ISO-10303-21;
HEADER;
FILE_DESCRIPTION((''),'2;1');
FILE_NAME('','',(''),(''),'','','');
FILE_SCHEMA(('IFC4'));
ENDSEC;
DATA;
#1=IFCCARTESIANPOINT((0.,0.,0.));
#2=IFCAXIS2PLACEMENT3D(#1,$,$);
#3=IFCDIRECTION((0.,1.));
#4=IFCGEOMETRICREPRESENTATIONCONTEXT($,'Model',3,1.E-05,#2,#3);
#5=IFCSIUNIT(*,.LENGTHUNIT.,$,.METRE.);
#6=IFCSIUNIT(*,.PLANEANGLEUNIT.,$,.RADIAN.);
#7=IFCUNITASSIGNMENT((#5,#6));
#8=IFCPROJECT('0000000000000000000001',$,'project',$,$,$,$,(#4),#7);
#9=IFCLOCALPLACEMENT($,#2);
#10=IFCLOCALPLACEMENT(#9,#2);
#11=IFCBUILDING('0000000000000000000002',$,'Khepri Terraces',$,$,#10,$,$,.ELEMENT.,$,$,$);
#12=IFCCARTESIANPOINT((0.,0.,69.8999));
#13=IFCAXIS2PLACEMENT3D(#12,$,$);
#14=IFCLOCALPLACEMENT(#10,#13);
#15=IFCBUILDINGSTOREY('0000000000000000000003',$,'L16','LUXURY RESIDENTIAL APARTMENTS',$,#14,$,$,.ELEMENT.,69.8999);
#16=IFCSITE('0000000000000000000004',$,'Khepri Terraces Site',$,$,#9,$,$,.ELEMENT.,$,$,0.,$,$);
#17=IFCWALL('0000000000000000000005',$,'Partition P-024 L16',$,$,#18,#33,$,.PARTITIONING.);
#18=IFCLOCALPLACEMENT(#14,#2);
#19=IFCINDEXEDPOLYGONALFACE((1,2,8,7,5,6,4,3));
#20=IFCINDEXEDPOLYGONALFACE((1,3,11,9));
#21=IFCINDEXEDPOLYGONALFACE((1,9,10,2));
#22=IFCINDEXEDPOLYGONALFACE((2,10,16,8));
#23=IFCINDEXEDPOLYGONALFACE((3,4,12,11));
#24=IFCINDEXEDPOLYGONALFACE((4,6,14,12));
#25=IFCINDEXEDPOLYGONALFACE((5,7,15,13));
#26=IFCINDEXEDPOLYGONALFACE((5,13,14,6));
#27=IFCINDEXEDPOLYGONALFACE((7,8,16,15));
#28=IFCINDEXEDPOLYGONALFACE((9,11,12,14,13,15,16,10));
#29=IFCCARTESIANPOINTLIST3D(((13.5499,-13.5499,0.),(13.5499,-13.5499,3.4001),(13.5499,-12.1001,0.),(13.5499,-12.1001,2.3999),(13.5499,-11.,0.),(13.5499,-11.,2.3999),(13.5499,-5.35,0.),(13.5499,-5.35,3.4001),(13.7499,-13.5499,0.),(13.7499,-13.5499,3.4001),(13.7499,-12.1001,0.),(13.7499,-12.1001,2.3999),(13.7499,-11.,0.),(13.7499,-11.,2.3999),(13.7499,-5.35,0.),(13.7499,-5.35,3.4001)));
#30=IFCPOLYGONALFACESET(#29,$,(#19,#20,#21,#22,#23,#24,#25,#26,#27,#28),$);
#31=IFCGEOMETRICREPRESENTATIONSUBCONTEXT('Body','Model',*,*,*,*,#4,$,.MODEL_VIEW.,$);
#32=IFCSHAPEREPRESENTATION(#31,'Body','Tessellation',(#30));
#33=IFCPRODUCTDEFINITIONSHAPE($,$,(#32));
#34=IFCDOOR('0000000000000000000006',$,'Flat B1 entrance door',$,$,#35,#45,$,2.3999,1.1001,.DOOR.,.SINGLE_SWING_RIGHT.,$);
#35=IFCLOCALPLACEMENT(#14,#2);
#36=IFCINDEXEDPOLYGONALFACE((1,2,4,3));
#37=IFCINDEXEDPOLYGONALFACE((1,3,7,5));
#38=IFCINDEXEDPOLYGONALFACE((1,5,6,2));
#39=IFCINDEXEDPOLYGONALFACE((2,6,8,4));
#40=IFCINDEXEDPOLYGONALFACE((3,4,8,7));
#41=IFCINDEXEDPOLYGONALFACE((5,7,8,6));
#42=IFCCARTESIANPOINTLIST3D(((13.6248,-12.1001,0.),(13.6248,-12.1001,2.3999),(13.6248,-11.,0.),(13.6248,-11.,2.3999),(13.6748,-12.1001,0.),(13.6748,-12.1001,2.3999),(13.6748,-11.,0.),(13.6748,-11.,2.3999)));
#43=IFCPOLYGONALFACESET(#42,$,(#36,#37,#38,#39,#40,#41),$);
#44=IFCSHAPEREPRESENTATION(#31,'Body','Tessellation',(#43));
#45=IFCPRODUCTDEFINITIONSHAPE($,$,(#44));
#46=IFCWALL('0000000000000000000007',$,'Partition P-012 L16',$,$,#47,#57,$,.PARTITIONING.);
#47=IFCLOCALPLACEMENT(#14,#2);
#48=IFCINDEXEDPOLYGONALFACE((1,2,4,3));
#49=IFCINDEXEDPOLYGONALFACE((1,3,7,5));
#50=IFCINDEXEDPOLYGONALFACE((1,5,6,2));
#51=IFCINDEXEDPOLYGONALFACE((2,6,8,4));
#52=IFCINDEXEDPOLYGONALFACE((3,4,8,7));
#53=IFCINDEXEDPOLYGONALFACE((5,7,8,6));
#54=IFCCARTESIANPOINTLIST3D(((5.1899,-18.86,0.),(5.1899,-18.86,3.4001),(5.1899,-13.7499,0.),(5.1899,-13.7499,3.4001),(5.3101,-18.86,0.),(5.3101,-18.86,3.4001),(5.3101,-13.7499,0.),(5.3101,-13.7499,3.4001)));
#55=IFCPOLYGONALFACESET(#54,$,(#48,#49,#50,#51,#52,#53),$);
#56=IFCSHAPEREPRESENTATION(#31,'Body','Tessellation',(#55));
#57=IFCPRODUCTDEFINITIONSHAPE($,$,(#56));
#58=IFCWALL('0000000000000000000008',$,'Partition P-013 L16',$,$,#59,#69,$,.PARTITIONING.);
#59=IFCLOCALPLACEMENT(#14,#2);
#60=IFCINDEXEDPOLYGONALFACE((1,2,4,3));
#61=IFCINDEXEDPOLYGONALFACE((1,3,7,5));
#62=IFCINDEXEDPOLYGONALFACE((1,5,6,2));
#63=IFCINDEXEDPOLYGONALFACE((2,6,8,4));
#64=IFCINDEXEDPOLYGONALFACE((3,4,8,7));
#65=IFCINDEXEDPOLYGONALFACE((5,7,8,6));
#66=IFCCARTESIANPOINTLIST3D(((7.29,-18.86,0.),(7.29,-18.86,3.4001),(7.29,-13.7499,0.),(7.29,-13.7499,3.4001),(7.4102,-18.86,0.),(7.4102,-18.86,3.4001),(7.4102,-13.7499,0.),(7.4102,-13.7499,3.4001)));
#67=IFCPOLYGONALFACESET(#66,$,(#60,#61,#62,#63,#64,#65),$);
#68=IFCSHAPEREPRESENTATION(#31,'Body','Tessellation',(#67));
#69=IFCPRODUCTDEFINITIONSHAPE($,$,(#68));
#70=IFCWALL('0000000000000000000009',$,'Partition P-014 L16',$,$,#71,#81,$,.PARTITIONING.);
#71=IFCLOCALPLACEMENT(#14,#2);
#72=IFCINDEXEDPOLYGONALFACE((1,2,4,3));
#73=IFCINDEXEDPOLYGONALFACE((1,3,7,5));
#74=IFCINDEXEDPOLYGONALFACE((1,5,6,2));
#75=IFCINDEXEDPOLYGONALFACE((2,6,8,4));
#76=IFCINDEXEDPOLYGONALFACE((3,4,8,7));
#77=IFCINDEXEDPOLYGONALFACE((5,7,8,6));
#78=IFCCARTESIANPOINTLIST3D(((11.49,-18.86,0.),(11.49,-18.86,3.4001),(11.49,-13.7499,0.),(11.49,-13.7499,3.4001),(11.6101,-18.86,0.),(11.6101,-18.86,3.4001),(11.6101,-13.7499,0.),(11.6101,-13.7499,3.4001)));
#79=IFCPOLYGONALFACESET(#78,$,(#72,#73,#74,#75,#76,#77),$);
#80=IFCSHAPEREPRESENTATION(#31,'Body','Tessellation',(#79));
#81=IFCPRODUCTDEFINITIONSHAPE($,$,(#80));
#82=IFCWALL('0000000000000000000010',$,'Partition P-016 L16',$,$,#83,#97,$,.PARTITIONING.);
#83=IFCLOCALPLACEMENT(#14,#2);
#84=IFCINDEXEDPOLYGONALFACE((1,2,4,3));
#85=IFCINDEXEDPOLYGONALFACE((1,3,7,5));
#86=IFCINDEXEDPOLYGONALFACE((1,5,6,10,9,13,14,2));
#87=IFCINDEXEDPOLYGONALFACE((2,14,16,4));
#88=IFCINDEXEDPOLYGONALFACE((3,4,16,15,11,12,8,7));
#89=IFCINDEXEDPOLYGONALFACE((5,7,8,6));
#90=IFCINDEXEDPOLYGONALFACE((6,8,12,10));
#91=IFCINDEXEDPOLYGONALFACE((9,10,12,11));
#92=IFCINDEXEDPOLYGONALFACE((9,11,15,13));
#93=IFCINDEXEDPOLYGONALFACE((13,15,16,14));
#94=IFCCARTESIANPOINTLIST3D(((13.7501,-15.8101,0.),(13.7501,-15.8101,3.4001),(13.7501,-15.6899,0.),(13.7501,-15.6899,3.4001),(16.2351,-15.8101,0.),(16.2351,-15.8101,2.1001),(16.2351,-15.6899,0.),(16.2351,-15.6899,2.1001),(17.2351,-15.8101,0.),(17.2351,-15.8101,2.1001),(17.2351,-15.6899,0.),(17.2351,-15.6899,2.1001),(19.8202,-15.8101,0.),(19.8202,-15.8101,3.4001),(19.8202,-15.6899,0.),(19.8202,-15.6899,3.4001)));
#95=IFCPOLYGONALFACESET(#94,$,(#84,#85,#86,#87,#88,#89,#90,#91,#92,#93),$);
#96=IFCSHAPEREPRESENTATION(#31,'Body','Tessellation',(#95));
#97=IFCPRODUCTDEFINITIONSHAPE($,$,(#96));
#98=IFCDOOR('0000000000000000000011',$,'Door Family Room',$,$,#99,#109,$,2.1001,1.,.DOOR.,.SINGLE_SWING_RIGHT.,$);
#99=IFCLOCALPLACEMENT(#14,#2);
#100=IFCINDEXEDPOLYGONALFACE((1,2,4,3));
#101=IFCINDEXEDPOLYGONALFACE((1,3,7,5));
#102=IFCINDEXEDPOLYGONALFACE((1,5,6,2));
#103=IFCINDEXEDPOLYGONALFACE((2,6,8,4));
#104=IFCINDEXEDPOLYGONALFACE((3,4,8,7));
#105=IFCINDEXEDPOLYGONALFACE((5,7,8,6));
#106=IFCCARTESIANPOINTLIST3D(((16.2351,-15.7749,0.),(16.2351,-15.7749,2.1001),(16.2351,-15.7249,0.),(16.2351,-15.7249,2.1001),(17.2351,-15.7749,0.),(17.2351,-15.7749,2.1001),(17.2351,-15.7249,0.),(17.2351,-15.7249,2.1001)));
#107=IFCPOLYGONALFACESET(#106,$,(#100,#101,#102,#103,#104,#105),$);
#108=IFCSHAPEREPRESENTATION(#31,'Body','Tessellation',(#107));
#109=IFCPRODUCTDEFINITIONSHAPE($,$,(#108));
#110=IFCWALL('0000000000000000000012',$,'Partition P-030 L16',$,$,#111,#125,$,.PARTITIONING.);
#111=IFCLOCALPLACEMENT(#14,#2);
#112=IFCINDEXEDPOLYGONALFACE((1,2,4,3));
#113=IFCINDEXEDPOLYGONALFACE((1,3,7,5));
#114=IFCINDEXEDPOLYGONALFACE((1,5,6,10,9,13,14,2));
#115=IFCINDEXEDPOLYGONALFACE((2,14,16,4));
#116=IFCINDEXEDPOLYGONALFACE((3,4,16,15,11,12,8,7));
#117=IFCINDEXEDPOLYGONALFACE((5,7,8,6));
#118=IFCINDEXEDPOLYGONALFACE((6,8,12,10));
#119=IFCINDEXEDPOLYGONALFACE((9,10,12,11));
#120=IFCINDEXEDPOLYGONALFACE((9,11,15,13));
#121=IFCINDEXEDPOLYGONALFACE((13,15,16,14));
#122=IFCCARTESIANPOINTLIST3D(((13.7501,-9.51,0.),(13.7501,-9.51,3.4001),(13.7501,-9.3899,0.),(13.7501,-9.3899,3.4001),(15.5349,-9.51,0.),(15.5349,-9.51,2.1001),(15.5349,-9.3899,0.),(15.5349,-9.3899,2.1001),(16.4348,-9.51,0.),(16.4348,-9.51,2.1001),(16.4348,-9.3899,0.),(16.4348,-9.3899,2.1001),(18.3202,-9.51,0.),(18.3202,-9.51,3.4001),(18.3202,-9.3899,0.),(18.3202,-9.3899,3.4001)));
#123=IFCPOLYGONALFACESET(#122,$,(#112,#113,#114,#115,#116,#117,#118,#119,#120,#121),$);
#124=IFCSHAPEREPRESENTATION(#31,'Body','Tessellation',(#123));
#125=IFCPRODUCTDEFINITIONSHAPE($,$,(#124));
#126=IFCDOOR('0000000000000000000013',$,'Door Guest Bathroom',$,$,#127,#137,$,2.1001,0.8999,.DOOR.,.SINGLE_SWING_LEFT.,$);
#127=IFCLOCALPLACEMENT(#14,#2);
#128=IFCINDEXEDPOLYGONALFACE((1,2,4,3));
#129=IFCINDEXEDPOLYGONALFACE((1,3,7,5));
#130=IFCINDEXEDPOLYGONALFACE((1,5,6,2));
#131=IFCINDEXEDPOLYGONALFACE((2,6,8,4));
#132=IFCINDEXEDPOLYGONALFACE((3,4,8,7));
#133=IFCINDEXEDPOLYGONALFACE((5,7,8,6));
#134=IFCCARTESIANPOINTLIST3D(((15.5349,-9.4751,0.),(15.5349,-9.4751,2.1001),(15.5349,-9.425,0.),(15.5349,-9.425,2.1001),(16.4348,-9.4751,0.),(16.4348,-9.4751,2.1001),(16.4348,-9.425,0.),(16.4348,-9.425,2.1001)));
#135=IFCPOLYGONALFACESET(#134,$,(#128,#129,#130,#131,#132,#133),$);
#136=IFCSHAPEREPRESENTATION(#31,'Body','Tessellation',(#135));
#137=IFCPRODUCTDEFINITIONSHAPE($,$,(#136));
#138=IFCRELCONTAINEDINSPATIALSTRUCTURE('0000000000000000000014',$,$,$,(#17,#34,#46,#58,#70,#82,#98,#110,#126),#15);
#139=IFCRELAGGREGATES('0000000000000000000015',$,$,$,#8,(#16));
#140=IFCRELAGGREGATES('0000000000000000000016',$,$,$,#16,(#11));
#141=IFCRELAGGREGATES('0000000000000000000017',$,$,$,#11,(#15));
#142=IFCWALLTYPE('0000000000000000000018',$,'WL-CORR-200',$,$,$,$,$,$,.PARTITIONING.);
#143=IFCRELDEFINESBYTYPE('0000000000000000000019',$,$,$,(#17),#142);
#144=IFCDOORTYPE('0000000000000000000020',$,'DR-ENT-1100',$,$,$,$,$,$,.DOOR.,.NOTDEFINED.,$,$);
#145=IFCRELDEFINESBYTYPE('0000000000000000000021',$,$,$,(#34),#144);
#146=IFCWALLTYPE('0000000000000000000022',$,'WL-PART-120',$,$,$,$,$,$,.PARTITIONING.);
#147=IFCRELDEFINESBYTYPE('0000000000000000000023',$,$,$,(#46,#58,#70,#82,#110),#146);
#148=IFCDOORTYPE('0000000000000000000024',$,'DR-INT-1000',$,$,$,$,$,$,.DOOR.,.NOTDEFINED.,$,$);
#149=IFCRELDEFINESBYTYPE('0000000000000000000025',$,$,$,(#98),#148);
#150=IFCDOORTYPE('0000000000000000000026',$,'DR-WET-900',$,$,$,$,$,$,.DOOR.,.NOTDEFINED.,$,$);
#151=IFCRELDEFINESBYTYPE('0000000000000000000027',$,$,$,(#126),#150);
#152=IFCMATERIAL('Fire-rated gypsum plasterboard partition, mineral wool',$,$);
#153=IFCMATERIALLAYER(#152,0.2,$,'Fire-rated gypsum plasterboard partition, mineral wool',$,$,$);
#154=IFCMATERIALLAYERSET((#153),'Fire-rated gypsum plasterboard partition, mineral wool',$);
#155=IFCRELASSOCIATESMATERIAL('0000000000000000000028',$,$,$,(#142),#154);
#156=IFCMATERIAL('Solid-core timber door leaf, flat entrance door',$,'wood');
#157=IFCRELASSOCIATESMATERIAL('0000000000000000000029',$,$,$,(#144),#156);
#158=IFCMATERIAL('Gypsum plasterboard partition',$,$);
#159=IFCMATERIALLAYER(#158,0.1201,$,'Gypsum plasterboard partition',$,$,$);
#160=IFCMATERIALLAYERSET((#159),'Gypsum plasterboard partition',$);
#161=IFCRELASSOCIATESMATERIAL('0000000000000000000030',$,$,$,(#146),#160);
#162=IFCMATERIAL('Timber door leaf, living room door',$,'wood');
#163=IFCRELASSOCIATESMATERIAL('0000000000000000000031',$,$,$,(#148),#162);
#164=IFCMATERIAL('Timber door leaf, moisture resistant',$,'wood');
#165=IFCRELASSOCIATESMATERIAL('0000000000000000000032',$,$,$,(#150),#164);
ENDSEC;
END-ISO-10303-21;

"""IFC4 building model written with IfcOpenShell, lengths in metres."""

from ifc_helpers import new_model, si_unit, direction, frame, frame_2d, origin, place, context, subcontext, project, spatial, rectangle, extrude, material, layer, layer_set, type_object, element, fill, save


model = new_model("IFC4")

# Units and contexts
model_context = context("Model", 3, precision=1e-05, world=origin(), true_north=direction((0.0, 1.0)))
body_context = subcontext(model_context, "Body", "Model", "MODEL_VIEW")
ifc_project = project(units=[si_unit("LENGTHUNIT", "METRE"), si_unit("PLANEANGLEUNIT", "RADIAN")], contexts=[model_context])

# Site, building, storey
site_placement = place(None, origin())
site = spatial("IfcSite", under=ifc_project, at=site_placement, Name="Khepri Terraces Site", CompositionType="ELEMENT", RefElevation=0.0)
building_placement = place(site_placement, origin())
building = spatial("IfcBuilding", under=site, at=building_placement, Name="Khepri Terraces", CompositionType="ELEMENT")
storey_placement = place(building_placement, frame((0.0, 0.0, 69.8999)))
storey = spatial("IfcBuildingStorey", under=building, at=storey_placement, Name="L16", Description="LUXURY RESIDENTIAL APARTMENTS", CompositionType="ELEMENT", Elevation=69.8999)

# Shared definitions
ifc_material_1 = material(Name="Fire-rated gypsum plasterboard partition, mineral wool")
ifc_layer_1 = layer(ifc_material_1, 0.2, Name="Fire-rated gypsum plasterboard partition, mineral wool")
ifc_layer_set_1 = layer_set([ifc_layer_1], Name="Fire-rated gypsum plasterboard partition, mineral wool")
wall_type_1 = type_object("IfcWallType", Name="WL-CORR-200", PredefinedType="PARTITIONING", material=ifc_layer_set_1)

# Wall, opening, door
wall_1_placement = place(storey_placement, frame((13.6499, -13.55, 0.0), z_axis=(0.0, 0.0, 1.0), x_axis=(0.0, 1.0, 0.0)))
wall_1 = element("IfcWall", 1, at=wall_1_placement, inside=storey, type_object=wall_type_1, Name="Partition P-024 L16", PredefinedType="PARTITIONING", context=body_context, shape_type="SweptSolid", body=[
    extrude(rectangle(XDim=8.2, YDim=0.2, at=frame_2d((4.1001, 0.0))), origin(), (0.0, 0.0, 1.0), 3.4001),
])
opening_1_placement = place(wall_1_placement, frame((1.45, 0.0, 0.0)))
opening_1 = element("IfcOpeningElement", 2, at=opening_1_placement, cuts=wall_1, PredefinedType="OPENING", context=body_context, shape_type="SweptSolid", body=[
    extrude(rectangle(XDim=1.1001, YDim=2.3999, at=frame_2d((0.55, 1.2))), frame((0.0, 0.1099, 0.0), z_axis=(0.0, -1.0, 0.0), x_axis=(1.0, 0.0, 0.0)), (0.0, 0.0, 1.0), 0.22),
])
ifc_material_2 = material(Name="Solid-core timber door leaf, flat entrance door", Category="wood")
door_type_1 = type_object("IfcDoorType", Name="DR-ENT-1100", OperationType="NOTDEFINED", PredefinedType="DOOR", material=ifc_material_2)
door_1_placement = place(opening_1_placement, frame((1.1001, 0.0, 0.0), z_axis=(0.0, 0.0, 1.0), x_axis=(-1.0, 0.0, 0.0)))
door_1 = element("IfcDoor", 3, at=door_1_placement, inside=storey, type_object=door_type_1, Name="Flat B1 entrance door", OperationType="SINGLE_SWING_RIGHT", OverallHeight=2.3999, OverallWidth=1.1001, PredefinedType="DOOR", context=body_context, shape_type="SweptSolid", body=[
    extrude(rectangle(XDim=1.1001, YDim=2.3999, at=frame_2d((0.55, 1.2))), frame((0.0, 0.0249, 0.0), z_axis=(0.0, -1.0, 0.0), x_axis=(1.0, 0.0, 0.0)), (0.0, 0.0, 1.0), 0.05),
])
fill(opening_1, door_1)

# Walls
ifc_material_3 = material(Name="Gypsum plasterboard partition")
ifc_layer_2 = layer(ifc_material_3, 0.1201, Name="Gypsum plasterboard partition")
ifc_layer_set_2 = layer_set([ifc_layer_2], Name="Gypsum plasterboard partition")
wall_type_2 = type_object("IfcWallType", Name="WL-PART-120", PredefinedType="PARTITIONING", material=ifc_layer_set_2)
for number, where, z_axis, x_axis, name in (
    (4, (5.25, -18.8601, 0.0), (0.0, 0.0, 1.0), (0.0, 1.0, 0.0), "Partition P-012 L16"),
    (5, (7.3501, -18.8601, 0.0), (0.0, 0.0, 1.0), (0.0, 1.0, 0.0), "Partition P-013 L16"),
    (6, (11.55, -18.8601, 0.0), (0.0, 0.0, 1.0), (0.0, 1.0, 0.0), "Partition P-014 L16"),
):
    element("IfcWall", number, at=place(storey_placement, frame(where, z_axis=z_axis, x_axis=x_axis)), inside=storey, type_object=wall_type_2, Name=name, PredefinedType="PARTITIONING", context=body_context, shape_type="SweptSolid", body=[
        extrude(rectangle(XDim=5.1101, YDim=0.1201, at=frame_2d((2.5552, 0.0))), origin(), (0.0, 0.0, 1.0), 3.4001),
    ])

# Walls, openings, doors
wall_2_placement = place(storey_placement, frame((13.75, -15.75, 0.0), z_axis=(0.0, 0.0, 1.0), x_axis=(1.0, 0.0, 0.0)))
wall_2 = element("IfcWall", 7, at=wall_2_placement, inside=storey, type_object=wall_type_2, Name="Partition P-016 L16", PredefinedType="PARTITIONING", context=body_context, shape_type="SweptSolid", body=[
    extrude(rectangle(XDim=6.0701, YDim=0.1201, at=frame_2d((3.0352, 0.0))), origin(), (0.0, 0.0, 1.0), 3.4001),
])
opening_2_placement = place(wall_2_placement, frame((2.4851, 0.0, 0.0)))
opening_2 = element("IfcOpeningElement", 8, at=opening_2_placement, cuts=wall_2, PredefinedType="OPENING", context=body_context, shape_type="SweptSolid", body=[
    extrude(rectangle(XDim=1.0, YDim=2.1001, at=frame_2d((0.5, 1.05))), frame((0.0, 0.0701, 0.0), z_axis=(0.0, -1.0, 0.0), x_axis=(1.0, 0.0, 0.0)), (0.0, 0.0, 1.0), 0.1401),
])
ifc_material_4 = material(Name="Timber door leaf, living room door", Category="wood")
door_type_2 = type_object("IfcDoorType", Name="DR-INT-1000", OperationType="NOTDEFINED", PredefinedType="DOOR", material=ifc_material_4)
door_2_placement = place(opening_2_placement, frame((1.0, 0.0, 0.0), z_axis=(0.0, 0.0, 1.0), x_axis=(-1.0, 0.0, 0.0)))
door_2 = element("IfcDoor", 9, at=door_2_placement, inside=storey, type_object=door_type_2, Name="Door Family Room", OperationType="SINGLE_SWING_RIGHT", OverallHeight=2.1001, OverallWidth=1.0, PredefinedType="DOOR", context=body_context, shape_type="SweptSolid", body=[
    extrude(rectangle(XDim=1.0, YDim=2.1001, at=frame_2d((0.5, 1.05))), frame((0.0, 0.0249, 0.0), z_axis=(0.0, -1.0, 0.0), x_axis=(1.0, 0.0, 0.0)), (0.0, 0.0, 1.0), 0.05),
])
fill(opening_2, door_2)
wall_3_placement = place(storey_placement, frame((13.75, -9.45, 0.0), z_axis=(0.0, 0.0, 1.0), x_axis=(1.0, 0.0, 0.0)))
wall_3 = element("IfcWall", 10, at=wall_3_placement, inside=storey, type_object=wall_type_2, Name="Partition P-030 L16", PredefinedType="PARTITIONING", context=body_context, shape_type="SweptSolid", body=[
    extrude(rectangle(XDim=4.5701, YDim=0.1201, at=frame_2d((2.2852, 0.0))), origin(), (0.0, 0.0, 1.0), 3.4001),
])
opening_3_placement = place(wall_3_placement, frame((1.7849, 0.0, 0.0)))
opening_3 = element("IfcOpeningElement", 11, at=opening_3_placement, cuts=wall_3, PredefinedType="OPENING", context=body_context, shape_type="SweptSolid", body=[
    extrude(rectangle(XDim=0.8999, YDim=2.1001, at=frame_2d((0.45, 1.05))), frame((0.0, 0.0701, 0.0), z_axis=(0.0, -1.0, 0.0), x_axis=(1.0, 0.0, 0.0)), (0.0, 0.0, 1.0), 0.1401),
])
ifc_material_5 = material(Name="Timber door leaf, moisture resistant", Category="wood")
door_type_3 = type_object("IfcDoorType", Name="DR-WET-900", OperationType="NOTDEFINED", PredefinedType="DOOR", material=ifc_material_5)
door_3_placement = place(opening_3_placement, origin())
door_3 = element("IfcDoor", 12, at=door_3_placement, inside=storey, type_object=door_type_3, Name="Door Guest Bathroom", OperationType="SINGLE_SWING_LEFT", OverallHeight=2.1001, OverallWidth=0.8999, PredefinedType="DOOR", context=body_context, shape_type="SweptSolid", body=[
    extrude(rectangle(XDim=0.8999, YDim=2.1001, at=frame_2d((0.45, 1.05))), frame((0.0, 0.0249, 0.0), z_axis=(0.0, -1.0, 0.0), x_axis=(1.0, 0.0, 0.0)), (0.0, 0.0, 1.0), 0.05),
])
fill(opening_3, door_3)

save(model, "model.ifc")
